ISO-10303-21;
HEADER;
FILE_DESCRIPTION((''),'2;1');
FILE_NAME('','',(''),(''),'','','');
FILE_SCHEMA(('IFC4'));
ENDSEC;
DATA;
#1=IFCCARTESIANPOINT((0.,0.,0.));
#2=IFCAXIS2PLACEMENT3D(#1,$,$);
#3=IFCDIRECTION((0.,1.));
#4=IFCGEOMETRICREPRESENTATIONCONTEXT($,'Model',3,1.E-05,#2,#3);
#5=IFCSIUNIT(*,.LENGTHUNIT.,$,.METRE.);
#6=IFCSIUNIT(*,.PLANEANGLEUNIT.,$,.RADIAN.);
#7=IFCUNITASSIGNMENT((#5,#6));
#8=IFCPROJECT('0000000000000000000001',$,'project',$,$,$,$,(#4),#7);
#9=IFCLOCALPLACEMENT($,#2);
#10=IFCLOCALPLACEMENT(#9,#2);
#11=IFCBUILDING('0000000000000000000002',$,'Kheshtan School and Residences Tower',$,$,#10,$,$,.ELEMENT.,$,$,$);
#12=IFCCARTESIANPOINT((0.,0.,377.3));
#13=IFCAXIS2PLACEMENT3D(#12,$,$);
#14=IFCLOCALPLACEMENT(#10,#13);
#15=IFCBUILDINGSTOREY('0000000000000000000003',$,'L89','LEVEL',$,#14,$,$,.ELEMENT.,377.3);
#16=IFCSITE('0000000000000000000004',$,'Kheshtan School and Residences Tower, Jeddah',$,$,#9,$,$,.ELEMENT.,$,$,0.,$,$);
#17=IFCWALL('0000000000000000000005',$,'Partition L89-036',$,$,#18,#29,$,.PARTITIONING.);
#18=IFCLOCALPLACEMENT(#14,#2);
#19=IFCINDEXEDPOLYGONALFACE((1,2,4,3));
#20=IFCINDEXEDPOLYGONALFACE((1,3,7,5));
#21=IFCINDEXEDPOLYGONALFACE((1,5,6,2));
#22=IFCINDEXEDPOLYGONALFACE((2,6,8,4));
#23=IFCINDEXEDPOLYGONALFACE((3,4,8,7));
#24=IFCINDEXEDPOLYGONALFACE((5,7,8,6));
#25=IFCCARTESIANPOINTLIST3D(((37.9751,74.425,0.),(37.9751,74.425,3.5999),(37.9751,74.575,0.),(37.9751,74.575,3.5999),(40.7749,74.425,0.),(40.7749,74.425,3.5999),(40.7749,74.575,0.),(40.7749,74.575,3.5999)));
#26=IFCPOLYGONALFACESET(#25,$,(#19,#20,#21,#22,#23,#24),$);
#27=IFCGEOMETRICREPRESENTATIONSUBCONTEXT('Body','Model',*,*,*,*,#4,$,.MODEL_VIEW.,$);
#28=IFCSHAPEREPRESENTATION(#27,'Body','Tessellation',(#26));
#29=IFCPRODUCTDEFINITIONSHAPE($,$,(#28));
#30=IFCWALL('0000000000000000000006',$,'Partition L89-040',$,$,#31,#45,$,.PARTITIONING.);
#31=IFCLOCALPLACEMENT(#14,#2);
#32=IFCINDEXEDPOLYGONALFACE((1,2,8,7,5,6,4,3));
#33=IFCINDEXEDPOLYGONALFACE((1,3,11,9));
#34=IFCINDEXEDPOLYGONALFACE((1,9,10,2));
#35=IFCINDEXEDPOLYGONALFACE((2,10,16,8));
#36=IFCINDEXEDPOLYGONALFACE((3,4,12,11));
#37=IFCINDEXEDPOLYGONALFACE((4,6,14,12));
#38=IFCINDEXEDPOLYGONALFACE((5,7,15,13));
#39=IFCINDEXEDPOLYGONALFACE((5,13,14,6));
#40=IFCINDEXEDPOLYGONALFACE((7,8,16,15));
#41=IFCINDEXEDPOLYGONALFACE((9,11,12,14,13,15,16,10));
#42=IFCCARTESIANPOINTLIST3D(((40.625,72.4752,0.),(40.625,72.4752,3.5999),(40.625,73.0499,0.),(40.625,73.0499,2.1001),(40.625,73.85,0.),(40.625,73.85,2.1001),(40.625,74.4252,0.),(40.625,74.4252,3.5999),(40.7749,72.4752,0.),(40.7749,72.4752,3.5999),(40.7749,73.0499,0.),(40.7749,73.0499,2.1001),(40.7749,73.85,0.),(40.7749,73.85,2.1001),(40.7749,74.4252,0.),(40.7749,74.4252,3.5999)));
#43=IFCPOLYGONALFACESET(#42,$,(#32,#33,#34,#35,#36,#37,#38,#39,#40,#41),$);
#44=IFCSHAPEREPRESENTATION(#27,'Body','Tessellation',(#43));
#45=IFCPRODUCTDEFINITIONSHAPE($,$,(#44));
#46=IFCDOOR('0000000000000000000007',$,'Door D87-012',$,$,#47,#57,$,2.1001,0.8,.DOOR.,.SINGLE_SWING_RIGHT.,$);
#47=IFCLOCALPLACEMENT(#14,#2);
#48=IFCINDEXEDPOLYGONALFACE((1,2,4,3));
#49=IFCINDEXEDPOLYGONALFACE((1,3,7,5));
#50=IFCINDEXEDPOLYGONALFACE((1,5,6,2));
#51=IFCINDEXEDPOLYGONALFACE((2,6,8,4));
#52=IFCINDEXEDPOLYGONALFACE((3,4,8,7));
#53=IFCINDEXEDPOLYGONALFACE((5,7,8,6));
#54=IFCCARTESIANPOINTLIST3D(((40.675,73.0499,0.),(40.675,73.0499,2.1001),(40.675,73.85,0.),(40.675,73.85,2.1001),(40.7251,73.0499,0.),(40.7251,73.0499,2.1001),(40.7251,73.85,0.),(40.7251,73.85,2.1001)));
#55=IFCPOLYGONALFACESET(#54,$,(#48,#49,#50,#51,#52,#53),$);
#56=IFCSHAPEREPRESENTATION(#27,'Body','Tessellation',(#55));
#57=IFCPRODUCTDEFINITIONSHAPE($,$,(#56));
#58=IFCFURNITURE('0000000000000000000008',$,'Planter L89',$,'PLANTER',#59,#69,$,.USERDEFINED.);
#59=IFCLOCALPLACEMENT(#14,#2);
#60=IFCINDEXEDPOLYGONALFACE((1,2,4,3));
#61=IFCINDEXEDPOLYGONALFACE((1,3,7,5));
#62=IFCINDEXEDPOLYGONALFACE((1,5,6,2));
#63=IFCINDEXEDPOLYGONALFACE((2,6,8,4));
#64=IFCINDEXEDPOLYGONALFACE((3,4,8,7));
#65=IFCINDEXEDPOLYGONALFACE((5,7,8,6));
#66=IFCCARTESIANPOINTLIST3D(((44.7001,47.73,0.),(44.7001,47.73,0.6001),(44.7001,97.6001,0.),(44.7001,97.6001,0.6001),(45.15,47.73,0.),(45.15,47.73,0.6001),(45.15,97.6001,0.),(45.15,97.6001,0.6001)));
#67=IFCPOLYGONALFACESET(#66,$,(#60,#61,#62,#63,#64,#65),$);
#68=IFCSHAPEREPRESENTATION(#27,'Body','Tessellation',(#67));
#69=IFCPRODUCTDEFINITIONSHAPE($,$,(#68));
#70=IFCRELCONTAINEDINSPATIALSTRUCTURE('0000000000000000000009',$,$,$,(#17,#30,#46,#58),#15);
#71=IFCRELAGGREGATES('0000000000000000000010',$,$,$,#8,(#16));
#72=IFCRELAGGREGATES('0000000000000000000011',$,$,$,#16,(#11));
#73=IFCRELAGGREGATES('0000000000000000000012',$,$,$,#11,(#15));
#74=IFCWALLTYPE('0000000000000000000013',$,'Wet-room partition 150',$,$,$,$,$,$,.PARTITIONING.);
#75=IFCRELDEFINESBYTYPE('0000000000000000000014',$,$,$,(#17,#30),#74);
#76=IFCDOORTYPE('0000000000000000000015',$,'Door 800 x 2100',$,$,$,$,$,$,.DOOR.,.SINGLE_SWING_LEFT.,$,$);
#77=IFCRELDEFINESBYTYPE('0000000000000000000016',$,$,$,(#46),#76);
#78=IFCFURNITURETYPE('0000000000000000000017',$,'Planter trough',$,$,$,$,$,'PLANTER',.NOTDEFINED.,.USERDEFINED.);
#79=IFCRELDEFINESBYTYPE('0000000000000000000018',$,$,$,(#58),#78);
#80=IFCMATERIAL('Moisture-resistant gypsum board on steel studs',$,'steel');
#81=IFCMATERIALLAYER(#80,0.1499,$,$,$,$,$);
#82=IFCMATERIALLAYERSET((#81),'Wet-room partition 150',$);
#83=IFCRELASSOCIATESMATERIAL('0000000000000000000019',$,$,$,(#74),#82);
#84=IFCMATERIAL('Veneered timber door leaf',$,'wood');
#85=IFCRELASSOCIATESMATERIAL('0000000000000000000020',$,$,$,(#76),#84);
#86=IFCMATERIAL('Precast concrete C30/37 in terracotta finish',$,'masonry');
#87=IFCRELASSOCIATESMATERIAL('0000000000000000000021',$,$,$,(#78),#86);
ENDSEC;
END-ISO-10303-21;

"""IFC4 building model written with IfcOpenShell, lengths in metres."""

from ifc_helpers import new_model, si_unit, direction, frame, frame_2d, origin, origin_2d, place, context, subcontext, project, spatial, rectangle, extrude, source, transform, mapped, material, layer, layer_set, type_object, element, fill, save


model = new_model("IFC4")

# Units and contexts
model_context = context("Model", 3, precision=1e-05, world=origin(), true_north=direction((0.0, 1.0)))
body_context = subcontext(model_context, "Body", "Model", "MODEL_VIEW")
ifc_project = project(units=[si_unit("LENGTHUNIT", "METRE"), si_unit("PLANEANGLEUNIT", "RADIAN")], contexts=[model_context])

# Site, building, storey
site_placement = place(None, origin())
site = spatial("IfcSite", under=ifc_project, at=site_placement, Name="Kheshtan School and Residences Tower, Jeddah", CompositionType="ELEMENT", RefElevation=0.0)
building_placement = place(site_placement, origin())
building = spatial("IfcBuilding", under=site, at=building_placement, Name="Kheshtan School and Residences Tower", CompositionType="ELEMENT")
storey_placement = place(building_placement, frame((0.0, 0.0, 377.3)))
storey = spatial("IfcBuildingStorey", under=building, at=storey_placement, Name="L89", Description="LEVEL", CompositionType="ELEMENT", Elevation=377.3)

# Shared definitions
ifc_material_1 = material(Name="Moisture-resistant gypsum board on steel studs", Category="steel")
ifc_layer_1 = layer(ifc_material_1, 0.1499)
ifc_layer_set_1 = layer_set([ifc_layer_1], Name="Wet-room partition 150")
wall_type_1 = type_object("IfcWallType", Name="Wet-room partition 150", PredefinedType="PARTITIONING", material=ifc_layer_set_1)

# Shared definitions
ifc_material_2 = material(Name="Veneered timber door leaf", Category="wood")
door_type_1 = type_object("IfcDoorType", Name="Door 800 x 2100", OperationType="SINGLE_SWING_LEFT", PredefinedType="DOOR", material=ifc_material_2)
shared_shape_1 = source(origin(), body_context, "Body", "SweptSolid", [
    extrude(rectangle(XDim=0.8, YDim=2.1001, at=frame_2d((0.3999, 1.05))), frame((0.0, 0.0249, 0.0), z_axis=(0.0, -1.0, 0.0), x_axis=(1.0, 0.0, 0.0)), (0.0, 0.0, 1.0), 0.05),
])

# Wall
wall_1_placement = place(storey_placement, frame((37.9751, 74.5, 0.0), z_axis=(0.0, 0.0, 1.0), x_axis=(1.0, 0.0, 0.0)))
element("IfcWall", 1, at=wall_1_placement, inside=storey, type_object=wall_type_1, Name="Partition L89-036", PredefinedType="PARTITIONING", context=body_context, shape_type="SweptSolid", body=[
    extrude(rectangle(XDim=2.7998, YDim=0.1499, at=frame_2d((1.3999, 0.0))), origin(), (0.0, 0.0, 1.0), 3.5999),
])

# Wall, opening, door
wall_2_placement = place(storey_placement, frame((40.7, 72.4751, 0.0), z_axis=(0.0, 0.0, 1.0), x_axis=(0.0, 1.0, 0.0)))
wall_2 = element("IfcWall", 2, at=wall_2_placement, inside=storey, type_object=wall_type_1, Name="Partition L89-040", PredefinedType="PARTITIONING", context=body_context, shape_type="SweptSolid", body=[
    extrude(rectangle(XDim=1.95, YDim=0.1499, at=frame_2d((0.9751, 0.0))), origin(), (0.0, 0.0, 1.0), 3.5999),
])
opening_1_placement = place(wall_2_placement, frame((0.575, 0.0, 0.0)))
opening_1 = element("IfcOpeningElement", 3, at=opening_1_placement, cuts=wall_2, PredefinedType="OPENING", context=body_context, shape_type="SweptSolid", body=[
    extrude(rectangle(XDim=0.8, YDim=2.1001, at=frame_2d((0.3999, 1.05))), frame((0.0, 0.085, 0.0), z_axis=(0.0, -1.0, 0.0), x_axis=(1.0, 0.0, 0.0)), (0.0, 0.0, 1.0), 0.1699),
])
door_1_placement = place(opening_1_placement, origin())
door_1 = element("IfcDoor", 4, at=door_1_placement, inside=storey, type_object=door_type_1, Name="Door D87-012", OperationType="SINGLE_SWING_RIGHT", OverallHeight=2.1001, OverallWidth=0.8, PredefinedType="DOOR", context=body_context, shape_type="MappedRepresentation", body=[
    mapped(shared_shape_1, transform((0.0, 0.0, 0.0), x_axis=(1.0, 0.0, 0.0), y_axis=(0.0, 1.0, 0.0), z_axis=(0.0, 0.0, 1.0), scale=1.0)),
])
fill(opening_1, door_1)

# Furniture
ifc_material_3 = material(Name="Precast concrete C30/37 in terracotta finish", Category="masonry")
furniture_type = type_object("IfcFurnitureType", Name="Planter trough", ElementType="PLANTER", AssemblyPlace="NOTDEFINED", PredefinedType="USERDEFINED", material=ifc_material_3)
furniture_placement = place(storey_placement, frame((44.925, 72.665, 0.0), z_axis=(0.0, 0.0, 1.0), x_axis=(0.0, -1.0, 0.0)))
element("IfcFurniture", 5, at=furniture_placement, inside=storey, type_object=furniture_type, Name="Planter L89", ObjectType="PLANTER", PredefinedType="USERDEFINED", context=body_context, shape_type="SweptSolid", body=[
    extrude(rectangle(XDim=49.8701, YDim=0.45, at=origin_2d()), origin(), (0.0, 0.0, 1.0), 0.6001),
])

save(model, "model.ifc")
